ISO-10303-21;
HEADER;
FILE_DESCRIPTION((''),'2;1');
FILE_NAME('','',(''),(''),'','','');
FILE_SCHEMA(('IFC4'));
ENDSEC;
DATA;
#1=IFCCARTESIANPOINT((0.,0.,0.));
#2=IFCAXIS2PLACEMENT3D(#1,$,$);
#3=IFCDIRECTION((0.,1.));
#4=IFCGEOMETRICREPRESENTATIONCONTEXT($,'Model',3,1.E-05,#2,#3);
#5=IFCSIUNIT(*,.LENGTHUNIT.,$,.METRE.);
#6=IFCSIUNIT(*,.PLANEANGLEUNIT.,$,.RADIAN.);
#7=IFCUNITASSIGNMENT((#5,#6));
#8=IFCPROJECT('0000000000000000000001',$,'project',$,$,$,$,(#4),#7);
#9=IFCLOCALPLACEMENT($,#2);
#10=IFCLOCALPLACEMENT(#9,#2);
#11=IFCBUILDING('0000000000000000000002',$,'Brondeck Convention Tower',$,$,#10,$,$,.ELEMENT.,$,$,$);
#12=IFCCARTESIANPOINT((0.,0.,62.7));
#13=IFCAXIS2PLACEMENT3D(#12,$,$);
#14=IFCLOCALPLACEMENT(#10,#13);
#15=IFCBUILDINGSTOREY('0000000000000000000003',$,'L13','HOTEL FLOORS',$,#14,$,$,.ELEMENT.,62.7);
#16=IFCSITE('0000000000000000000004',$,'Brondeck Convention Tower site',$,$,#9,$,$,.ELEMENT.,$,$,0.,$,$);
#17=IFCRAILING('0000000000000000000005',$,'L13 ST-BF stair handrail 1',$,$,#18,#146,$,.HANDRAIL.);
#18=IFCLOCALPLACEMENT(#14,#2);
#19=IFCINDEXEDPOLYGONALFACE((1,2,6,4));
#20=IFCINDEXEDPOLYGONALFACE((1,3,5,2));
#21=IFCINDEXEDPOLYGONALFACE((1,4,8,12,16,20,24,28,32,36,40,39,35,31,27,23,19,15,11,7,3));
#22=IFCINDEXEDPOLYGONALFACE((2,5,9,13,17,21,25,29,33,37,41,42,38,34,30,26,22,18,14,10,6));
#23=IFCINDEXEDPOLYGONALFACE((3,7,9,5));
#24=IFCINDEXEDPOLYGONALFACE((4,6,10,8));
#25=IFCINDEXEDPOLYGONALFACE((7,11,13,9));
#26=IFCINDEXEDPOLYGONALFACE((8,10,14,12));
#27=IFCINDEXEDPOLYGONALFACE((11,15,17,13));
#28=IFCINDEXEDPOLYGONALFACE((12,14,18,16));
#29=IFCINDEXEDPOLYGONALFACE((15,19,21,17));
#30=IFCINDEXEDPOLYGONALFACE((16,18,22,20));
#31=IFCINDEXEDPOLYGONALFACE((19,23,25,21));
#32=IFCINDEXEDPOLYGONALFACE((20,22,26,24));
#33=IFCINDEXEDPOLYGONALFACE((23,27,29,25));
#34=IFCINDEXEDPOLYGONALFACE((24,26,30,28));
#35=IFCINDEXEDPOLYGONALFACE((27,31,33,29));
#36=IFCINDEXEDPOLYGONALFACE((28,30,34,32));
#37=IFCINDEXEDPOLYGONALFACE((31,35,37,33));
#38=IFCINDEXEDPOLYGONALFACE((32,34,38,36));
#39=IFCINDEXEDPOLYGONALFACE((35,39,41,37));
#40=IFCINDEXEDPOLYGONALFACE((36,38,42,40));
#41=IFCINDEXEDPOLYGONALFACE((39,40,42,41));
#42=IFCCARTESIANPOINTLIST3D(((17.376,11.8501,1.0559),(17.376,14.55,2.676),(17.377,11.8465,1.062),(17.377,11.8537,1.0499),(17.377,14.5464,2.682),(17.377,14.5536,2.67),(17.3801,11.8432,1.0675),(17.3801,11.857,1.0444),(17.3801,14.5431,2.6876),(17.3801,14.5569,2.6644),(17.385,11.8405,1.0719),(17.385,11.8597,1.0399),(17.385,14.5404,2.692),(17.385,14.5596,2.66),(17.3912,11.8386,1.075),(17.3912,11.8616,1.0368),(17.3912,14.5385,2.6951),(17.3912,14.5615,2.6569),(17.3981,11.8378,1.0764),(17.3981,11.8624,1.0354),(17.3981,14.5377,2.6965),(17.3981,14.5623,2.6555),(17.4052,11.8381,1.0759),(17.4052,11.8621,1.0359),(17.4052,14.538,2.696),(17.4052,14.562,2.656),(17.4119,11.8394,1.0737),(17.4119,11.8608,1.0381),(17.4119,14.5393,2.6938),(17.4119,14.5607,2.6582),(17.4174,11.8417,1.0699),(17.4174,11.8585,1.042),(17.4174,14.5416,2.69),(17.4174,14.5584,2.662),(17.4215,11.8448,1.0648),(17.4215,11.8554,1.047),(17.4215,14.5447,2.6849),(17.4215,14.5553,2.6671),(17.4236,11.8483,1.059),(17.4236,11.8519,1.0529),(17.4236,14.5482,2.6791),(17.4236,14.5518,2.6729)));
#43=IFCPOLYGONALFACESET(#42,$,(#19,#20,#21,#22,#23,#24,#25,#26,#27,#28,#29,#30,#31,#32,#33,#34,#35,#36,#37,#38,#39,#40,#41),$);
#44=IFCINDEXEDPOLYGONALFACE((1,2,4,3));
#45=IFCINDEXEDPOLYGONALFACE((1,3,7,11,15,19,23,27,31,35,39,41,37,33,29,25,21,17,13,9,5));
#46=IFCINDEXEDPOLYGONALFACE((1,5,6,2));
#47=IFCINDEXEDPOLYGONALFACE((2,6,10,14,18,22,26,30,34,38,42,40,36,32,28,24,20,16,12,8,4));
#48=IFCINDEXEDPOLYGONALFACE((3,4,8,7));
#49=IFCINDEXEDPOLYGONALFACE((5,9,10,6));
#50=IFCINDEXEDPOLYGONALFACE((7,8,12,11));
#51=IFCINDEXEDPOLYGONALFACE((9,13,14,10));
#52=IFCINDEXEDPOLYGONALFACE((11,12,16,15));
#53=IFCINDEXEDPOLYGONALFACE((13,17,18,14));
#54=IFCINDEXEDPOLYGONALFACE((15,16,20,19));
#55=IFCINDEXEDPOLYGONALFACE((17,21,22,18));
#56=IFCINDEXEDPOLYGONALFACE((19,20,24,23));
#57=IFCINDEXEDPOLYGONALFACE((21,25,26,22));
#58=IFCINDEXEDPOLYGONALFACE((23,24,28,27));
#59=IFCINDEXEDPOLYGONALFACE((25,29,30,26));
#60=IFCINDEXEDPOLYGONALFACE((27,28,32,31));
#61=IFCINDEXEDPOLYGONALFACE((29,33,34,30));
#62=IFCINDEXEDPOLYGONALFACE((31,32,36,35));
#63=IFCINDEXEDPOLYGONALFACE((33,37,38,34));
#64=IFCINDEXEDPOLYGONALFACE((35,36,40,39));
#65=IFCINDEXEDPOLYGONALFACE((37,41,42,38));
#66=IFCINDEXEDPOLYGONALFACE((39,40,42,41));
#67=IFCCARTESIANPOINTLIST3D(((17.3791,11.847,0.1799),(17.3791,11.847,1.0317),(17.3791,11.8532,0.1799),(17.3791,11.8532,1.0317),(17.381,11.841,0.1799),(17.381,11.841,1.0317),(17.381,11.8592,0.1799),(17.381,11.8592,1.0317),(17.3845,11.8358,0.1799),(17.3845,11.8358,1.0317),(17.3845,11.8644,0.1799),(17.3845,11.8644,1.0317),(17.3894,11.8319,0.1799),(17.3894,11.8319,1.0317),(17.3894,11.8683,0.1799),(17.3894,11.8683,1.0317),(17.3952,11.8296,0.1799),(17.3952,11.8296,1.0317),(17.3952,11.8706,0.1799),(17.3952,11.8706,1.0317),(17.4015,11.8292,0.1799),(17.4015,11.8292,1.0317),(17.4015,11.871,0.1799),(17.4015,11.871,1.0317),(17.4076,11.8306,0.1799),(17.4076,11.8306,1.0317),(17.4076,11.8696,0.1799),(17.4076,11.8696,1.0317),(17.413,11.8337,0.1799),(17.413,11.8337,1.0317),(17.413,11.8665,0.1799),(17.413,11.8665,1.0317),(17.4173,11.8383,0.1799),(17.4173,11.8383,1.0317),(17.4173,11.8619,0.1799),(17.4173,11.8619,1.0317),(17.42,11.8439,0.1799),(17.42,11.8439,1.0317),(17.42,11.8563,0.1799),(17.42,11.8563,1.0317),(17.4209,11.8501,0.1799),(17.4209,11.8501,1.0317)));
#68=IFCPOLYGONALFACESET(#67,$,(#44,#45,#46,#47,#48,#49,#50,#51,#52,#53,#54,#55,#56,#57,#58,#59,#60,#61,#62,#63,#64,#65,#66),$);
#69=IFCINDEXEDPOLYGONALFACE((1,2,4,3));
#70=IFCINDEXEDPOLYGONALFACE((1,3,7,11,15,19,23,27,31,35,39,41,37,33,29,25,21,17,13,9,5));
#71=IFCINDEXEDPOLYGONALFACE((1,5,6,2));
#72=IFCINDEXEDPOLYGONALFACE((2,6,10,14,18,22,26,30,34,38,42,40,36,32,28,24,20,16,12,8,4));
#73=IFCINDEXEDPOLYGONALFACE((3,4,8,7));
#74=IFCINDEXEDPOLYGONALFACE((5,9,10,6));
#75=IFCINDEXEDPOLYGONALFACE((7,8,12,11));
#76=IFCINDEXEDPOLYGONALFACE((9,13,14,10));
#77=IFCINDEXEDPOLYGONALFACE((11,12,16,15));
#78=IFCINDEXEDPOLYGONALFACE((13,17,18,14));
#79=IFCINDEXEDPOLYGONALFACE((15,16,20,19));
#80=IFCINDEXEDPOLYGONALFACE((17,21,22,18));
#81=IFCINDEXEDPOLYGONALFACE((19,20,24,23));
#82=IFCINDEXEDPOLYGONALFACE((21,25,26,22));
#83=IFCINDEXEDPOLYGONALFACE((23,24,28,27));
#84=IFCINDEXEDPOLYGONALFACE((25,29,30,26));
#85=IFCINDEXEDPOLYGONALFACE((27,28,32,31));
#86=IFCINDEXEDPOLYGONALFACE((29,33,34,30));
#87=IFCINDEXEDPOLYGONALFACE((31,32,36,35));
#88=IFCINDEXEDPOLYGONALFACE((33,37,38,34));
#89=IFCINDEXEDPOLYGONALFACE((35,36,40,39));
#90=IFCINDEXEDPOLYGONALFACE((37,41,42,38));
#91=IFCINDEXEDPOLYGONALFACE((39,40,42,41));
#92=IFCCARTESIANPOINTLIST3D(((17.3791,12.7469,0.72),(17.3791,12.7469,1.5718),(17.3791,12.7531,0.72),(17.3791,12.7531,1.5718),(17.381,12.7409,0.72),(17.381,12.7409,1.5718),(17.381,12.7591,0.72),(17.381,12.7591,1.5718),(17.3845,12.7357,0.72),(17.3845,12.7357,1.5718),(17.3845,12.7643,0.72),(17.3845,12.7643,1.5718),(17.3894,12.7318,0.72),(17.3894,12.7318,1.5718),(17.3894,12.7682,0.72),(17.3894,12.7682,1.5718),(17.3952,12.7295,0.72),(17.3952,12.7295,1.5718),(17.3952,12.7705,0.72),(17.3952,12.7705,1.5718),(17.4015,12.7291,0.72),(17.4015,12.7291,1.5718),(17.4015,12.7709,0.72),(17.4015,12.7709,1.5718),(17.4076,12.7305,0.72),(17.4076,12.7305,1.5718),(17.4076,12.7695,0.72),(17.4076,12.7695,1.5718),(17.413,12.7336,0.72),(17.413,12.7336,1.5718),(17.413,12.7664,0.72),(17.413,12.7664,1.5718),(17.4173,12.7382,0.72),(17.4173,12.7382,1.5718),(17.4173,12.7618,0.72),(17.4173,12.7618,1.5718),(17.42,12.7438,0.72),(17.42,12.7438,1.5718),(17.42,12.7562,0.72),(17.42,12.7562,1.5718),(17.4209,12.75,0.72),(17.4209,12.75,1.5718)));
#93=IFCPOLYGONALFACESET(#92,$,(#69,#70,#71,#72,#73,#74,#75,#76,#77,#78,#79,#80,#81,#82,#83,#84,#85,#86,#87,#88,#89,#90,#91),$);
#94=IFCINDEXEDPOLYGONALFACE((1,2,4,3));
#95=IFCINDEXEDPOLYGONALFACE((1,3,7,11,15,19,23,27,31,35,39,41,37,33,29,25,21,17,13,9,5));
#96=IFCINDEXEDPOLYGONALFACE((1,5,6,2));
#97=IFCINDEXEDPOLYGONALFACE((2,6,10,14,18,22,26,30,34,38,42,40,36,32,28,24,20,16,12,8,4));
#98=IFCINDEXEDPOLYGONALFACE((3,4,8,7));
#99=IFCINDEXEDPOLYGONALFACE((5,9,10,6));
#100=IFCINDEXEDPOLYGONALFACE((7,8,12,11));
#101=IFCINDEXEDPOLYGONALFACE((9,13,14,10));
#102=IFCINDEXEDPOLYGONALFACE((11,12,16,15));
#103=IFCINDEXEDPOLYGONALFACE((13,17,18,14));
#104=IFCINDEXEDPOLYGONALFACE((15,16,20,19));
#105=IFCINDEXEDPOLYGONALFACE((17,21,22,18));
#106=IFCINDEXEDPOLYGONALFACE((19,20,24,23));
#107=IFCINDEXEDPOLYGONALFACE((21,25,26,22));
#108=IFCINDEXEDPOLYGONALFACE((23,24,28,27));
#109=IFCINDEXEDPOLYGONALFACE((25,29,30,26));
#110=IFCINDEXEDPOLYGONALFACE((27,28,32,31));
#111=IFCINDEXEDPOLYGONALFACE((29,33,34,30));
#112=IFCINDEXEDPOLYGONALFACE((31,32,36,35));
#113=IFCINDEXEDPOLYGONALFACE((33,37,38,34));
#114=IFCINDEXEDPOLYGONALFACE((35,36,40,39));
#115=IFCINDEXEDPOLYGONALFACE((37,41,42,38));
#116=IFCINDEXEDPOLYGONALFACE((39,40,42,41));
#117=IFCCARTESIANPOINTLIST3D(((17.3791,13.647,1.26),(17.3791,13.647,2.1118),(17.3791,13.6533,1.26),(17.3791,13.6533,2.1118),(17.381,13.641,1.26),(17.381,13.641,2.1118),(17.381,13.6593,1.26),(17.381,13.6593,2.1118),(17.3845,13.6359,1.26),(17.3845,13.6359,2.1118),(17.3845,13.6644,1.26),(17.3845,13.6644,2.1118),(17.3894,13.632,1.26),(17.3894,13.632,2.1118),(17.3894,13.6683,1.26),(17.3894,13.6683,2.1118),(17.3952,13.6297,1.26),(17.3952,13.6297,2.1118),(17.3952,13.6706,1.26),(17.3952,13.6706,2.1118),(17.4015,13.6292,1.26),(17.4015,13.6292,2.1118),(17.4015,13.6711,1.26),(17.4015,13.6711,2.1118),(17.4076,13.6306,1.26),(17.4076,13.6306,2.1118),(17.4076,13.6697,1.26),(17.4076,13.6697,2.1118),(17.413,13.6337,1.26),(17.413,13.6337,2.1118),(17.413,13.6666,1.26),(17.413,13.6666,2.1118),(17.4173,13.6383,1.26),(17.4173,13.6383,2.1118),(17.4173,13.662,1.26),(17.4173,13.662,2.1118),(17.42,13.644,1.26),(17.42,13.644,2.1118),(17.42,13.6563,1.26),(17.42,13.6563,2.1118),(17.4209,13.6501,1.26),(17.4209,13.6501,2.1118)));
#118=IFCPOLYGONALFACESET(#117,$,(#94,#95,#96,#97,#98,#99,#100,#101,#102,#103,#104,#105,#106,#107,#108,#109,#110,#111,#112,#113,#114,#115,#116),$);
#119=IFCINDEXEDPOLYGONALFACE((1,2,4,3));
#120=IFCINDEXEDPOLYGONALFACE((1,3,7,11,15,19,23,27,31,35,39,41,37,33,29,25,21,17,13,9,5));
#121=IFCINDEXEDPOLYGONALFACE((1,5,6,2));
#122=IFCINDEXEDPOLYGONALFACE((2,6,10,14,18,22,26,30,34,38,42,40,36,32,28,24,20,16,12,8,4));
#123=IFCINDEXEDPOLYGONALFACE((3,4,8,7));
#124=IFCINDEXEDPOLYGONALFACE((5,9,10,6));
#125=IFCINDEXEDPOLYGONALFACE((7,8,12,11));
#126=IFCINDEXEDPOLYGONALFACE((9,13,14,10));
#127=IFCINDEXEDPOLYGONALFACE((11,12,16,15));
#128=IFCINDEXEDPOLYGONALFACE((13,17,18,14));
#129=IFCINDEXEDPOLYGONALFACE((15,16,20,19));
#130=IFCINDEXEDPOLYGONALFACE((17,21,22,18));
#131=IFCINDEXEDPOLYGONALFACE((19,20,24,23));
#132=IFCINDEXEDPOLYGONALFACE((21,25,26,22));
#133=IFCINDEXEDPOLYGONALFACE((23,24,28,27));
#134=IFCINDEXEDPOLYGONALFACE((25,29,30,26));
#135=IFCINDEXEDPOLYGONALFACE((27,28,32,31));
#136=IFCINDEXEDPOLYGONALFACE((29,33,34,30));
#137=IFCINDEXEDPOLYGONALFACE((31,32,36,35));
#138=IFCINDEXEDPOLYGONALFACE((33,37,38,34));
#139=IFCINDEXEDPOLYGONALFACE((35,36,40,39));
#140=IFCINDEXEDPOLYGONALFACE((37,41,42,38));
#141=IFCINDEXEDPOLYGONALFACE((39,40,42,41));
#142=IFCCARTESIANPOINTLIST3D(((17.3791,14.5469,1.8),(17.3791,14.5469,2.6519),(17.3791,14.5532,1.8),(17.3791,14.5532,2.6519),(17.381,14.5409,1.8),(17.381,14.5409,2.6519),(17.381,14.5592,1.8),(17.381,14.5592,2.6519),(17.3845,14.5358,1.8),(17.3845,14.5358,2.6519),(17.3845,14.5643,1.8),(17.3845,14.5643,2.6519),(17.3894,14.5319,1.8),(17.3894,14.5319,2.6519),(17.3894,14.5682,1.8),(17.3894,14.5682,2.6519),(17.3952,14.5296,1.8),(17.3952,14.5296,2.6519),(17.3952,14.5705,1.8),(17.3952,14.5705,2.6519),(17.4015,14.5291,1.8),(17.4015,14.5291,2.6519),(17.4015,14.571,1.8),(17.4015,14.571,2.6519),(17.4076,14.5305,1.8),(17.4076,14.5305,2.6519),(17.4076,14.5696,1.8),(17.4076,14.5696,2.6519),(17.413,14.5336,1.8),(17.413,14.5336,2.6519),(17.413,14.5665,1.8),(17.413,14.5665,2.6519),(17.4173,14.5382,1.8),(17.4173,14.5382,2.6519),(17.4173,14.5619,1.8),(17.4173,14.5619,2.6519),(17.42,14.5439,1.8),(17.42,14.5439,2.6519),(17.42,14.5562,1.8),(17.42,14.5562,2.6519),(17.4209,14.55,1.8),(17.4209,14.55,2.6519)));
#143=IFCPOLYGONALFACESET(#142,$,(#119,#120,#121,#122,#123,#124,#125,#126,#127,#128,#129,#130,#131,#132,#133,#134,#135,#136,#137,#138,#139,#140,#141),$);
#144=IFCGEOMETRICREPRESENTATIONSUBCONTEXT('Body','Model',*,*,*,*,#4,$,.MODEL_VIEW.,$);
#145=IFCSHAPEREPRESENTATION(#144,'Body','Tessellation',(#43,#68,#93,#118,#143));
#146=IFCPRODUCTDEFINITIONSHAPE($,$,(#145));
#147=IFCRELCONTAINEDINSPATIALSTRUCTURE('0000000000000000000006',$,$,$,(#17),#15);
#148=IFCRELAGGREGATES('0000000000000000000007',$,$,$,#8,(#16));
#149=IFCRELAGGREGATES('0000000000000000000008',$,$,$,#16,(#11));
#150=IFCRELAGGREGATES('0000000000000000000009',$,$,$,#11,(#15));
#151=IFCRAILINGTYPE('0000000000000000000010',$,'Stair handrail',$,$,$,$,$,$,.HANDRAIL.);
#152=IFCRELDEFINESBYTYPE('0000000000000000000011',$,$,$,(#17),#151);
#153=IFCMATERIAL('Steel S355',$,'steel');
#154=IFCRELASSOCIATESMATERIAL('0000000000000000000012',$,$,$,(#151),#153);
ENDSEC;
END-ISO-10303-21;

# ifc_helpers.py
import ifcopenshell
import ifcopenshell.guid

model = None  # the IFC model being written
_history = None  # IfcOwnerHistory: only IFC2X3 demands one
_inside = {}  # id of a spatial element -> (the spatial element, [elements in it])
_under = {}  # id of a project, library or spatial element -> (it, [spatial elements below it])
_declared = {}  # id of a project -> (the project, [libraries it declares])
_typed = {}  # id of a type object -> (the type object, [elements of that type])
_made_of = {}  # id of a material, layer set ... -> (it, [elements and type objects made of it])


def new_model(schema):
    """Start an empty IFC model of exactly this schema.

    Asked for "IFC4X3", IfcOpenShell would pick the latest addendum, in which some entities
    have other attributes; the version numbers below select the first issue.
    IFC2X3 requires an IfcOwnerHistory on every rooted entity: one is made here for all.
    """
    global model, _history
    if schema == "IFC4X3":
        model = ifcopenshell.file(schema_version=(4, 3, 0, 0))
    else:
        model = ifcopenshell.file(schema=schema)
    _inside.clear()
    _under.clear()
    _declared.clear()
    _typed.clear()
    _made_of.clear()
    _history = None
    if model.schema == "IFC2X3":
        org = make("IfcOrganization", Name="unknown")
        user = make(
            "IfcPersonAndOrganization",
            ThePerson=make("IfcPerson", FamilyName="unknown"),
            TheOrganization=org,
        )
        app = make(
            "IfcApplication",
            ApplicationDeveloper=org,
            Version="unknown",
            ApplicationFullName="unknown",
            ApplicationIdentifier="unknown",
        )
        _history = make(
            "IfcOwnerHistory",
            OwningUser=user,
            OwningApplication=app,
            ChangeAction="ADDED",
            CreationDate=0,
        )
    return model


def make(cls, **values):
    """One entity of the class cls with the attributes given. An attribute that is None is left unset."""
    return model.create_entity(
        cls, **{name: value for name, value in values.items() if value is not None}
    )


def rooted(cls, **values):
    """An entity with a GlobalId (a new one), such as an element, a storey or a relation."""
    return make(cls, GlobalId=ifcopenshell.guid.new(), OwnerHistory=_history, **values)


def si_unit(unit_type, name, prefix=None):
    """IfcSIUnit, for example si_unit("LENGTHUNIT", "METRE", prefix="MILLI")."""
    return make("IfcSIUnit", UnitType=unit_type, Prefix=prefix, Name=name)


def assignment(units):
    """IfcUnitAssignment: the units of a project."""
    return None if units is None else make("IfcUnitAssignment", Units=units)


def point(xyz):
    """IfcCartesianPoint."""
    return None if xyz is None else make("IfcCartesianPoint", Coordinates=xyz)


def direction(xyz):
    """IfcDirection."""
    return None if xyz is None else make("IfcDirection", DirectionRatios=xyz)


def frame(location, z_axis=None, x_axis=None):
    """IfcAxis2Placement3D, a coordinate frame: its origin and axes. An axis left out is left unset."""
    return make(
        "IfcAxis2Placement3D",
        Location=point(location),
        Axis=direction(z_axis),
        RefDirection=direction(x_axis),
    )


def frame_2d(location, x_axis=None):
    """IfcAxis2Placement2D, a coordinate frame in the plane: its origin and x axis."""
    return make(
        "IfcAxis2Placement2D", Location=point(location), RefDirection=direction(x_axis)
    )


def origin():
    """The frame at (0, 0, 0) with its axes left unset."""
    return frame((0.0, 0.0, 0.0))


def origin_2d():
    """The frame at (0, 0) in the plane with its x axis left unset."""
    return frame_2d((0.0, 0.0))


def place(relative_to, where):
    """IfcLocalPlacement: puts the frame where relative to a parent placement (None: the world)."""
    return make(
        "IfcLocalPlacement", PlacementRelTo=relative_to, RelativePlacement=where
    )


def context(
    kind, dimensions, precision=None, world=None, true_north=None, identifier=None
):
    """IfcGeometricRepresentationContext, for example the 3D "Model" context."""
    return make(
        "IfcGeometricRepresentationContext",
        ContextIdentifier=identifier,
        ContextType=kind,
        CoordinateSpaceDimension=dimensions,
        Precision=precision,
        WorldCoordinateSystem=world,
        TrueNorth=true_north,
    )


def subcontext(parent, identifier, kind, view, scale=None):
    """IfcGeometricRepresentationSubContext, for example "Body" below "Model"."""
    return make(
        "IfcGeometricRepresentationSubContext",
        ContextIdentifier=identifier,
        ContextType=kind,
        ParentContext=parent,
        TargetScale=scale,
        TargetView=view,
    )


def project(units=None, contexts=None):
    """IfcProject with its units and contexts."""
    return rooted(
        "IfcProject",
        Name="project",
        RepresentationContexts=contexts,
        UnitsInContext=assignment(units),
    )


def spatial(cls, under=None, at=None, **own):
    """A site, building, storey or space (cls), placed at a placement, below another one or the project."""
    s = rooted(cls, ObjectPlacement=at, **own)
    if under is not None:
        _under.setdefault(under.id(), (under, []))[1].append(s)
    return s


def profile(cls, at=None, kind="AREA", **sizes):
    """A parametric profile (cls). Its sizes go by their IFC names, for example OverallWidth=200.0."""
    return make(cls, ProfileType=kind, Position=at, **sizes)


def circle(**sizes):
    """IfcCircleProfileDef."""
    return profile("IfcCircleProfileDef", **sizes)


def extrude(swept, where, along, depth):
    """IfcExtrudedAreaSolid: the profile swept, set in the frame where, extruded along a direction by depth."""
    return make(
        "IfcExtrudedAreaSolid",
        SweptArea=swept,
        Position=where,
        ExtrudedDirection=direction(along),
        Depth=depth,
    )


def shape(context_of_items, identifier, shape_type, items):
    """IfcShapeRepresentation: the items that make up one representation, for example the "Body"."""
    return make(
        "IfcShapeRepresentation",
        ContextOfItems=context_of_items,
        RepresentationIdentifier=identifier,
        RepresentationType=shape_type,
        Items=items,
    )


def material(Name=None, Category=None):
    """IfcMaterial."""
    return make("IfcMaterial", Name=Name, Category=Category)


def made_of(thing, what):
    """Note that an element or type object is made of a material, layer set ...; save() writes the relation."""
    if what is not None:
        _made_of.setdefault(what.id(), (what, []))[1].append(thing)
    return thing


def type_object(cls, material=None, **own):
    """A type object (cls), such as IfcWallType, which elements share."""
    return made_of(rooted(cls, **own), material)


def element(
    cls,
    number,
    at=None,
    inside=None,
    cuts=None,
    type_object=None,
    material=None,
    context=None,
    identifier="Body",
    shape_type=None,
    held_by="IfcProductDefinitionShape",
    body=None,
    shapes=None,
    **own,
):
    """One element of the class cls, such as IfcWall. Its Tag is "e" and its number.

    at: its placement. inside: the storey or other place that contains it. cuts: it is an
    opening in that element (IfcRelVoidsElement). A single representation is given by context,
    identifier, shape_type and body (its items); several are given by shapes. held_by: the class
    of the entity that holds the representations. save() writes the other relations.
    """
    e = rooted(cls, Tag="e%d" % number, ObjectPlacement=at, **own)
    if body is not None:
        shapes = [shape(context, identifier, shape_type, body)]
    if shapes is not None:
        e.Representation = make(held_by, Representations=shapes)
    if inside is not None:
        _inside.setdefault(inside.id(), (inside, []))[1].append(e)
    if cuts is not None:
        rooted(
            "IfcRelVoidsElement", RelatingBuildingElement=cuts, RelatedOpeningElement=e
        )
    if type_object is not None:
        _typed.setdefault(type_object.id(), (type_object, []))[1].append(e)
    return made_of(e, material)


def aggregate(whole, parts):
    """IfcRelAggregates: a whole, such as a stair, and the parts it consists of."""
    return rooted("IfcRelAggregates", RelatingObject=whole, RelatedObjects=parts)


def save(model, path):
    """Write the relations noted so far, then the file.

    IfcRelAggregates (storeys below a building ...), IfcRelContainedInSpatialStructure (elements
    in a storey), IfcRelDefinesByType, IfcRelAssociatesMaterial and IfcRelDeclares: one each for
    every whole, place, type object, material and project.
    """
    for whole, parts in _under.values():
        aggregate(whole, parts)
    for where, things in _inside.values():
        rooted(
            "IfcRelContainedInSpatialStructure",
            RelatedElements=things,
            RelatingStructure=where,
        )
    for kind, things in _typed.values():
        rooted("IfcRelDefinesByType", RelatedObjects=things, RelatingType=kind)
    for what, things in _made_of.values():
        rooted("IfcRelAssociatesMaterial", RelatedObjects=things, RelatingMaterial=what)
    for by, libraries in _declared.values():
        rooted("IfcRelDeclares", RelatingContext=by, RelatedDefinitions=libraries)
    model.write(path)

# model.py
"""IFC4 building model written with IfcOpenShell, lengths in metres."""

from ifc_helpers import new_model, si_unit, direction, frame, origin, origin_2d, place, context, subcontext, project, spatial, circle, extrude, material, type_object, element, save


model = new_model("IFC4")

# Units and contexts
model_context = context("Model", 3, precision=1e-05, world=origin(), true_north=direction((0.0, 1.0)))
body_context = subcontext(model_context, "Body", "Model", "MODEL_VIEW")
ifc_project = project(units=[si_unit("LENGTHUNIT", "METRE"), si_unit("PLANEANGLEUNIT", "RADIAN")], contexts=[model_context])

# Site, building, storey
site_placement = place(None, origin())
site = spatial("IfcSite", under=ifc_project, at=site_placement, Name="Brondeck Convention Tower site", CompositionType="ELEMENT", RefElevation=0.0)
building_placement = place(site_placement, origin())
building = spatial("IfcBuilding", under=site, at=building_placement, Name="Brondeck Convention Tower", CompositionType="ELEMENT")
storey_placement = place(building_placement, frame((0.0, 0.0, 62.7)))
storey = spatial("IfcBuildingStorey", under=building, at=storey_placement, Name="L13", Description="HOTEL FLOORS", CompositionType="ELEMENT", Elevation=62.7)

# Shared definitions
ifc_material_1 = material(Name="Steel S355", Category="steel")

# Railing
railing_type_1 = type_object("IfcRailingType", Name="Stair handrail", PredefinedType="HANDRAIL", material=ifc_material_1)
railing_1_placement = place(storey_placement, frame((17.3999, 11.8501, 0.1799)))
element("IfcRailing", 1, at=railing_1_placement, inside=storey, type_object=railing_type_1, Name="L13 ST-BF stair handrail 1", PredefinedType="HANDRAIL", context=body_context, shape_type="SweptSolid", body=[
    extrude(circle(Radius=0.0239, at=origin_2d()), frame((0.0, 0.0, 0.876), z_axis=(0.0, 0.857472, 0.51453), x_axis=(-1.0, 0.0, 0.0)), (0.0, 0.0, 1.0), 3.1487),
    extrude(circle(Radius=0.021, at=origin_2d()), origin(), (0.0, 0.0, 1.0), 0.8518),
    extrude(circle(Radius=0.021, at=origin_2d()), frame((0.0, 0.8999, 0.54)), (0.0, 0.0, 1.0), 0.8518),
    extrude(circle(Radius=0.021, at=origin_2d()), frame((0.0, 1.8, 1.0801)), (0.0, 0.0, 1.0), 0.8518),
    extrude(circle(Radius=0.021, at=origin_2d()), frame((0.0, 2.7, 1.6201)), (0.0, 0.0, 1.0), 0.8518),
])

save(model, "model.ifc")
